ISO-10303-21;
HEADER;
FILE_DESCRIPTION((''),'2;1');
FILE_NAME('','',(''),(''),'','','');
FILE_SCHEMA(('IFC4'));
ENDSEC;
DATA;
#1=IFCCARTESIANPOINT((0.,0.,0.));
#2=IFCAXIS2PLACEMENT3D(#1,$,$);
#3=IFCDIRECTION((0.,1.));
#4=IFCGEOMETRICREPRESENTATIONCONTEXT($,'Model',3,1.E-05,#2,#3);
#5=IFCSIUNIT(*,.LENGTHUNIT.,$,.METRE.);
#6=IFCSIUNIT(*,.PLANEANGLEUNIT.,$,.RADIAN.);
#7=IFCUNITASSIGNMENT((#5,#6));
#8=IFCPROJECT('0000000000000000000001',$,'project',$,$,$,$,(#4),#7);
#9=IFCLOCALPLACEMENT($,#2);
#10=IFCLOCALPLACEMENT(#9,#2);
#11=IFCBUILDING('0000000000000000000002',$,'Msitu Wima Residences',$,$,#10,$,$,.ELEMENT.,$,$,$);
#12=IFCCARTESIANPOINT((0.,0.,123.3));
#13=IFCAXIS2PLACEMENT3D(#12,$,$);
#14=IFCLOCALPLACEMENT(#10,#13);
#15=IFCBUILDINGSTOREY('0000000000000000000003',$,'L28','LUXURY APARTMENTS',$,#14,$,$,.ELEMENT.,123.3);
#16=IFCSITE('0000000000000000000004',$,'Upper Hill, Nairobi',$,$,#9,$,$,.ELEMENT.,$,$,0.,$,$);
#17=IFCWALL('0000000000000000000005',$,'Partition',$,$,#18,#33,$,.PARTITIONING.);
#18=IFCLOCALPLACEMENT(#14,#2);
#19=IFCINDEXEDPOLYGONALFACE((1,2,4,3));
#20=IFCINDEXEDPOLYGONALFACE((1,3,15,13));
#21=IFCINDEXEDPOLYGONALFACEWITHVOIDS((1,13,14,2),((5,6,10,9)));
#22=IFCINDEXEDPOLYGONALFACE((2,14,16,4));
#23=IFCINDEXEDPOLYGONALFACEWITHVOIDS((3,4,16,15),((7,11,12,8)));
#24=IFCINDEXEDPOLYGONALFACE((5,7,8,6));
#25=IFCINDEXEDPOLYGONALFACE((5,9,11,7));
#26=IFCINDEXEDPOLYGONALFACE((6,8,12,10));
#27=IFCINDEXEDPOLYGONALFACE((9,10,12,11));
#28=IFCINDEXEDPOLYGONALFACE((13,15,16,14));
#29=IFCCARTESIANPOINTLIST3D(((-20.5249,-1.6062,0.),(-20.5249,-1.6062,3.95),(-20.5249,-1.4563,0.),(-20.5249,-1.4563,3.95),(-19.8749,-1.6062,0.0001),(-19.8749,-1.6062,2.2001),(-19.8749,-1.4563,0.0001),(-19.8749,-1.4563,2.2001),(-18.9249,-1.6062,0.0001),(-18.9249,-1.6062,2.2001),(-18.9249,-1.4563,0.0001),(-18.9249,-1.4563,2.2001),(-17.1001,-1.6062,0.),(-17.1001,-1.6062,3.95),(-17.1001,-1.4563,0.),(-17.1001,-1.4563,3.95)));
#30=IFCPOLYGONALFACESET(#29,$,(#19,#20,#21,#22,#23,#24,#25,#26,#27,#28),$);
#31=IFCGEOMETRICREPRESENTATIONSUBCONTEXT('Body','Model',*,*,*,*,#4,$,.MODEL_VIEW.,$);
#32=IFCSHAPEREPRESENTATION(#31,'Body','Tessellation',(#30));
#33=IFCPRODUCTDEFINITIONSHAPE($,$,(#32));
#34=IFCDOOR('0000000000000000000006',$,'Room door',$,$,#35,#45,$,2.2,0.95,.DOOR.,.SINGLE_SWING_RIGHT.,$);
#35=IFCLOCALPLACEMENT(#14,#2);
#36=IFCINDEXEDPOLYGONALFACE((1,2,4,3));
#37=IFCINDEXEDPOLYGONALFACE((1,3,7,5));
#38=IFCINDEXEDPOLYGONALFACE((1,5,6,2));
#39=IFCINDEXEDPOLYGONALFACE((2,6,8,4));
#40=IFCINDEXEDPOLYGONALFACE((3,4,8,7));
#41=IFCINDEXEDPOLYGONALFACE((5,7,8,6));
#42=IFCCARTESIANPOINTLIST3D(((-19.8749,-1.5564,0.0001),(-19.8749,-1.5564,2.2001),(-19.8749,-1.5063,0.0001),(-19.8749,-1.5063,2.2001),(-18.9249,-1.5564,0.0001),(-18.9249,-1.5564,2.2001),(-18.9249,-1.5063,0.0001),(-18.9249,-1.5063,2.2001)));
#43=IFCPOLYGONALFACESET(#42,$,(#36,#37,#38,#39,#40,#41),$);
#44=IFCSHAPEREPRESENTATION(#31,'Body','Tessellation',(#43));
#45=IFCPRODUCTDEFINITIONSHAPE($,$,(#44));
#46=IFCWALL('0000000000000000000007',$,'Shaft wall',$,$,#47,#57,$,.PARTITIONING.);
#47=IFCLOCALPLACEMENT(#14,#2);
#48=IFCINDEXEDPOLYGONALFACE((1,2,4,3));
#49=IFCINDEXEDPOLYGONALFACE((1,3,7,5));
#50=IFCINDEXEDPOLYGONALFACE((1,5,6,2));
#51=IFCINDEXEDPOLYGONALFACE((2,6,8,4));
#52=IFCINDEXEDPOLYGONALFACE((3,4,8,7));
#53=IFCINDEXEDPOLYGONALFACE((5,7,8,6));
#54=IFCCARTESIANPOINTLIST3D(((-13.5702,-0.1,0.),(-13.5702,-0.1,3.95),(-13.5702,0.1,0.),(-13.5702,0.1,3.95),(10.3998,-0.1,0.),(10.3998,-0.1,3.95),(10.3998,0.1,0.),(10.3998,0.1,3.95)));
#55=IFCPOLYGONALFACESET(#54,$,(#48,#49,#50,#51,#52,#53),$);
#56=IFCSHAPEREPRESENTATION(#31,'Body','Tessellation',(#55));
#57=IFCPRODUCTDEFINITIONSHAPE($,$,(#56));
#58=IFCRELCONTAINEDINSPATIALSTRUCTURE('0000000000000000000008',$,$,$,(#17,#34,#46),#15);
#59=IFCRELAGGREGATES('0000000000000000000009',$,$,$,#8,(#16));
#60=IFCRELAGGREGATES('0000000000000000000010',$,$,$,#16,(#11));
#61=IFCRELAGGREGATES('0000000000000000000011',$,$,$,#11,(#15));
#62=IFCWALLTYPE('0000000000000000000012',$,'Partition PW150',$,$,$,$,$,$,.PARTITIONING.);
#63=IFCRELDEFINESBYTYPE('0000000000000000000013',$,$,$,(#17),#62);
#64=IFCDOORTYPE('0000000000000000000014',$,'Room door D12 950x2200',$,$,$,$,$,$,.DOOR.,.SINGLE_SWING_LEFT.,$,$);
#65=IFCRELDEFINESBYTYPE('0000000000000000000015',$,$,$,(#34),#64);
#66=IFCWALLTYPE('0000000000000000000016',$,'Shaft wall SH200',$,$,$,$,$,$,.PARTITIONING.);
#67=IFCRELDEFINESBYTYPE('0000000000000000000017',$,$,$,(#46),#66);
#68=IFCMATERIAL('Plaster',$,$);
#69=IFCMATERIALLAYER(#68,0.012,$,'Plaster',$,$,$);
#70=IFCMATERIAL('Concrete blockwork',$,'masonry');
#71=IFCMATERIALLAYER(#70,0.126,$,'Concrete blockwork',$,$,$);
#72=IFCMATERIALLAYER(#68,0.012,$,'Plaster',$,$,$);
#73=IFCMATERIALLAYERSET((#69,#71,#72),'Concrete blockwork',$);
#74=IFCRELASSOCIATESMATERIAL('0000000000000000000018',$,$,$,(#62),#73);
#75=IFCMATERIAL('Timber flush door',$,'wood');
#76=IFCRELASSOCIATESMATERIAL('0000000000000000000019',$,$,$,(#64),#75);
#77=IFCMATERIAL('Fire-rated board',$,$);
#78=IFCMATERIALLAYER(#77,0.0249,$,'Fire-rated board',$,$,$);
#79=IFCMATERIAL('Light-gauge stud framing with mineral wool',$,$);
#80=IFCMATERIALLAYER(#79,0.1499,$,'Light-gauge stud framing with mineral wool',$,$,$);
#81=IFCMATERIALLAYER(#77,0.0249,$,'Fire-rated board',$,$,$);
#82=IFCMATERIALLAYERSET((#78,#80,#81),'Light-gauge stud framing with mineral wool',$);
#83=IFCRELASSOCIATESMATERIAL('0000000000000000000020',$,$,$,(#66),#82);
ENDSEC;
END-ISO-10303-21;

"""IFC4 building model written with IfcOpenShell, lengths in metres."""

from ifc_helpers import new_model, si_unit, direction, frame, frame_2d, origin, place, context, subcontext, project, spatial, rectangle, extrude, material, layer, layer_set, type_object, element, fill, save


model = new_model("IFC4")

# Units and contexts
model_context = context("Model", 3, precision=1e-05, world=origin(), true_north=direction((0.0, 1.0)))
body_context = subcontext(model_context, "Body", "Model", "MODEL_VIEW")
ifc_project = project(units=[si_unit("LENGTHUNIT", "METRE"), si_unit("PLANEANGLEUNIT", "RADIAN")], contexts=[model_context])

# Site, building, storey
site_placement = place(None, origin())
site = spatial("IfcSite", under=ifc_project, at=site_placement, Name="Upper Hill, Nairobi", CompositionType="ELEMENT", RefElevation=0.0)
building_placement = place(site_placement, origin())
building = spatial("IfcBuilding", under=site, at=building_placement, Name="Msitu Wima Residences", CompositionType="ELEMENT")
storey_placement = place(building_placement, frame((0.0, 0.0, 123.3)))
storey = spatial("IfcBuildingStorey", under=building, at=storey_placement, Name="L28", Description="LUXURY APARTMENTS", CompositionType="ELEMENT", Elevation=123.3)

# Wall, opening, door
ifc_material_1 = material(Name="Plaster")
ifc_layer_1 = layer(ifc_material_1, 0.012, Name="Plaster")
ifc_material_2 = material(Name="Concrete blockwork", Category="masonry")
ifc_layer_2 = layer(ifc_material_2, 0.126, Name="Concrete blockwork")
ifc_layer_3 = layer(ifc_material_1, 0.012, Name="Plaster")
ifc_layer_set_1 = layer_set([ifc_layer_1, ifc_layer_2, ifc_layer_3], Name="Concrete blockwork")
wall_type_1 = type_object("IfcWallType", Name="Partition PW150", PredefinedType="PARTITIONING", material=ifc_layer_set_1)
wall_1_placement = place(storey_placement, frame((-20.5249, -1.5312, 0.0), z_axis=(0.0, 0.0, 1.0), x_axis=(1.0, 0.0, 0.0)))
wall_1 = element("IfcWall", 1, at=wall_1_placement, inside=storey, type_object=wall_type_1, Name="Partition", PredefinedType="PARTITIONING", context=body_context, shape_type="SweptSolid", body=[
    extrude(rectangle(XDim=3.4248, YDim=0.1499, at=frame_2d((1.7124, 0.0))), origin(), (0.0, 0.0, 1.0), 3.95),
])
opening_1_placement = place(wall_1_placement, frame((0.6499, 0.0, 0.0)))
opening_1 = element("IfcOpeningElement", 2, at=opening_1_placement, cuts=wall_1, PredefinedType="OPENING", context=body_context, shape_type="SweptSolid", body=[
    extrude(rectangle(XDim=0.95, YDim=2.2, at=frame_2d((0.4751, 1.1001))), frame((0.0, 0.085, 0.0), z_axis=(0.0, -1.0, 0.0), x_axis=(1.0, 0.0, 0.0)), (0.0, 0.0, 1.0), 0.1699),
])
ifc_material_3 = material(Name="Timber flush door", Category="wood")
door_type_1 = type_object("IfcDoorType", Name="Room door D12 950x2200", OperationType="SINGLE_SWING_LEFT", PredefinedType="DOOR", material=ifc_material_3)
door_1_placement = place(opening_1_placement, origin())
door_1 = element("IfcDoor", 3, at=door_1_placement, inside=storey, type_object=door_type_1, Name="Room door", OperationType="SINGLE_SWING_RIGHT", OverallHeight=2.2, OverallWidth=0.95, PredefinedType="DOOR", context=body_context, shape_type="SweptSolid", body=[
    extrude(rectangle(XDim=0.95, YDim=2.2, at=frame_2d((0.4751, 1.1001))), frame((0.0, 0.0249, 0.0), z_axis=(0.0, -1.0, 0.0), x_axis=(1.0, 0.0, 0.0)), (0.0, 0.0, 1.0), 0.05),
])
fill(opening_1, door_1)

# Wall
ifc_material_4 = material(Name="Fire-rated board")
ifc_layer_4 = layer(ifc_material_4, 0.0249, Name="Fire-rated board")
ifc_material_5 = material(Name="Light-gauge stud framing with mineral wool")
ifc_layer_5 = layer(ifc_material_5, 0.1499, Name="Light-gauge stud framing with mineral wool")
ifc_layer_6 = layer(ifc_material_4, 0.0249, Name="Fire-rated board")
ifc_layer_set_2 = layer_set([ifc_layer_4, ifc_layer_5, ifc_layer_6], Name="Light-gauge stud framing with mineral wool")
wall_type_2 = type_object("IfcWallType", Name="Shaft wall SH200", PredefinedType="PARTITIONING", material=ifc_layer_set_2)
wall_2_placement = place(storey_placement, frame((-13.5701, 0.0, 0.0), z_axis=(0.0, 0.0, 1.0), x_axis=(1.0, 0.0, 0.0)))
element("IfcWall", 4, at=wall_2_placement, inside=storey, type_object=wall_type_2, Name="Shaft wall", PredefinedType="PARTITIONING", context=body_context, shape_type="SweptSolid", body=[
    extrude(rectangle(XDim=23.97, YDim=0.2, at=frame_2d((11.9849, 0.0))), origin(), (0.0, 0.0, 1.0), 3.95),
])

save(model, "model.ifc")
